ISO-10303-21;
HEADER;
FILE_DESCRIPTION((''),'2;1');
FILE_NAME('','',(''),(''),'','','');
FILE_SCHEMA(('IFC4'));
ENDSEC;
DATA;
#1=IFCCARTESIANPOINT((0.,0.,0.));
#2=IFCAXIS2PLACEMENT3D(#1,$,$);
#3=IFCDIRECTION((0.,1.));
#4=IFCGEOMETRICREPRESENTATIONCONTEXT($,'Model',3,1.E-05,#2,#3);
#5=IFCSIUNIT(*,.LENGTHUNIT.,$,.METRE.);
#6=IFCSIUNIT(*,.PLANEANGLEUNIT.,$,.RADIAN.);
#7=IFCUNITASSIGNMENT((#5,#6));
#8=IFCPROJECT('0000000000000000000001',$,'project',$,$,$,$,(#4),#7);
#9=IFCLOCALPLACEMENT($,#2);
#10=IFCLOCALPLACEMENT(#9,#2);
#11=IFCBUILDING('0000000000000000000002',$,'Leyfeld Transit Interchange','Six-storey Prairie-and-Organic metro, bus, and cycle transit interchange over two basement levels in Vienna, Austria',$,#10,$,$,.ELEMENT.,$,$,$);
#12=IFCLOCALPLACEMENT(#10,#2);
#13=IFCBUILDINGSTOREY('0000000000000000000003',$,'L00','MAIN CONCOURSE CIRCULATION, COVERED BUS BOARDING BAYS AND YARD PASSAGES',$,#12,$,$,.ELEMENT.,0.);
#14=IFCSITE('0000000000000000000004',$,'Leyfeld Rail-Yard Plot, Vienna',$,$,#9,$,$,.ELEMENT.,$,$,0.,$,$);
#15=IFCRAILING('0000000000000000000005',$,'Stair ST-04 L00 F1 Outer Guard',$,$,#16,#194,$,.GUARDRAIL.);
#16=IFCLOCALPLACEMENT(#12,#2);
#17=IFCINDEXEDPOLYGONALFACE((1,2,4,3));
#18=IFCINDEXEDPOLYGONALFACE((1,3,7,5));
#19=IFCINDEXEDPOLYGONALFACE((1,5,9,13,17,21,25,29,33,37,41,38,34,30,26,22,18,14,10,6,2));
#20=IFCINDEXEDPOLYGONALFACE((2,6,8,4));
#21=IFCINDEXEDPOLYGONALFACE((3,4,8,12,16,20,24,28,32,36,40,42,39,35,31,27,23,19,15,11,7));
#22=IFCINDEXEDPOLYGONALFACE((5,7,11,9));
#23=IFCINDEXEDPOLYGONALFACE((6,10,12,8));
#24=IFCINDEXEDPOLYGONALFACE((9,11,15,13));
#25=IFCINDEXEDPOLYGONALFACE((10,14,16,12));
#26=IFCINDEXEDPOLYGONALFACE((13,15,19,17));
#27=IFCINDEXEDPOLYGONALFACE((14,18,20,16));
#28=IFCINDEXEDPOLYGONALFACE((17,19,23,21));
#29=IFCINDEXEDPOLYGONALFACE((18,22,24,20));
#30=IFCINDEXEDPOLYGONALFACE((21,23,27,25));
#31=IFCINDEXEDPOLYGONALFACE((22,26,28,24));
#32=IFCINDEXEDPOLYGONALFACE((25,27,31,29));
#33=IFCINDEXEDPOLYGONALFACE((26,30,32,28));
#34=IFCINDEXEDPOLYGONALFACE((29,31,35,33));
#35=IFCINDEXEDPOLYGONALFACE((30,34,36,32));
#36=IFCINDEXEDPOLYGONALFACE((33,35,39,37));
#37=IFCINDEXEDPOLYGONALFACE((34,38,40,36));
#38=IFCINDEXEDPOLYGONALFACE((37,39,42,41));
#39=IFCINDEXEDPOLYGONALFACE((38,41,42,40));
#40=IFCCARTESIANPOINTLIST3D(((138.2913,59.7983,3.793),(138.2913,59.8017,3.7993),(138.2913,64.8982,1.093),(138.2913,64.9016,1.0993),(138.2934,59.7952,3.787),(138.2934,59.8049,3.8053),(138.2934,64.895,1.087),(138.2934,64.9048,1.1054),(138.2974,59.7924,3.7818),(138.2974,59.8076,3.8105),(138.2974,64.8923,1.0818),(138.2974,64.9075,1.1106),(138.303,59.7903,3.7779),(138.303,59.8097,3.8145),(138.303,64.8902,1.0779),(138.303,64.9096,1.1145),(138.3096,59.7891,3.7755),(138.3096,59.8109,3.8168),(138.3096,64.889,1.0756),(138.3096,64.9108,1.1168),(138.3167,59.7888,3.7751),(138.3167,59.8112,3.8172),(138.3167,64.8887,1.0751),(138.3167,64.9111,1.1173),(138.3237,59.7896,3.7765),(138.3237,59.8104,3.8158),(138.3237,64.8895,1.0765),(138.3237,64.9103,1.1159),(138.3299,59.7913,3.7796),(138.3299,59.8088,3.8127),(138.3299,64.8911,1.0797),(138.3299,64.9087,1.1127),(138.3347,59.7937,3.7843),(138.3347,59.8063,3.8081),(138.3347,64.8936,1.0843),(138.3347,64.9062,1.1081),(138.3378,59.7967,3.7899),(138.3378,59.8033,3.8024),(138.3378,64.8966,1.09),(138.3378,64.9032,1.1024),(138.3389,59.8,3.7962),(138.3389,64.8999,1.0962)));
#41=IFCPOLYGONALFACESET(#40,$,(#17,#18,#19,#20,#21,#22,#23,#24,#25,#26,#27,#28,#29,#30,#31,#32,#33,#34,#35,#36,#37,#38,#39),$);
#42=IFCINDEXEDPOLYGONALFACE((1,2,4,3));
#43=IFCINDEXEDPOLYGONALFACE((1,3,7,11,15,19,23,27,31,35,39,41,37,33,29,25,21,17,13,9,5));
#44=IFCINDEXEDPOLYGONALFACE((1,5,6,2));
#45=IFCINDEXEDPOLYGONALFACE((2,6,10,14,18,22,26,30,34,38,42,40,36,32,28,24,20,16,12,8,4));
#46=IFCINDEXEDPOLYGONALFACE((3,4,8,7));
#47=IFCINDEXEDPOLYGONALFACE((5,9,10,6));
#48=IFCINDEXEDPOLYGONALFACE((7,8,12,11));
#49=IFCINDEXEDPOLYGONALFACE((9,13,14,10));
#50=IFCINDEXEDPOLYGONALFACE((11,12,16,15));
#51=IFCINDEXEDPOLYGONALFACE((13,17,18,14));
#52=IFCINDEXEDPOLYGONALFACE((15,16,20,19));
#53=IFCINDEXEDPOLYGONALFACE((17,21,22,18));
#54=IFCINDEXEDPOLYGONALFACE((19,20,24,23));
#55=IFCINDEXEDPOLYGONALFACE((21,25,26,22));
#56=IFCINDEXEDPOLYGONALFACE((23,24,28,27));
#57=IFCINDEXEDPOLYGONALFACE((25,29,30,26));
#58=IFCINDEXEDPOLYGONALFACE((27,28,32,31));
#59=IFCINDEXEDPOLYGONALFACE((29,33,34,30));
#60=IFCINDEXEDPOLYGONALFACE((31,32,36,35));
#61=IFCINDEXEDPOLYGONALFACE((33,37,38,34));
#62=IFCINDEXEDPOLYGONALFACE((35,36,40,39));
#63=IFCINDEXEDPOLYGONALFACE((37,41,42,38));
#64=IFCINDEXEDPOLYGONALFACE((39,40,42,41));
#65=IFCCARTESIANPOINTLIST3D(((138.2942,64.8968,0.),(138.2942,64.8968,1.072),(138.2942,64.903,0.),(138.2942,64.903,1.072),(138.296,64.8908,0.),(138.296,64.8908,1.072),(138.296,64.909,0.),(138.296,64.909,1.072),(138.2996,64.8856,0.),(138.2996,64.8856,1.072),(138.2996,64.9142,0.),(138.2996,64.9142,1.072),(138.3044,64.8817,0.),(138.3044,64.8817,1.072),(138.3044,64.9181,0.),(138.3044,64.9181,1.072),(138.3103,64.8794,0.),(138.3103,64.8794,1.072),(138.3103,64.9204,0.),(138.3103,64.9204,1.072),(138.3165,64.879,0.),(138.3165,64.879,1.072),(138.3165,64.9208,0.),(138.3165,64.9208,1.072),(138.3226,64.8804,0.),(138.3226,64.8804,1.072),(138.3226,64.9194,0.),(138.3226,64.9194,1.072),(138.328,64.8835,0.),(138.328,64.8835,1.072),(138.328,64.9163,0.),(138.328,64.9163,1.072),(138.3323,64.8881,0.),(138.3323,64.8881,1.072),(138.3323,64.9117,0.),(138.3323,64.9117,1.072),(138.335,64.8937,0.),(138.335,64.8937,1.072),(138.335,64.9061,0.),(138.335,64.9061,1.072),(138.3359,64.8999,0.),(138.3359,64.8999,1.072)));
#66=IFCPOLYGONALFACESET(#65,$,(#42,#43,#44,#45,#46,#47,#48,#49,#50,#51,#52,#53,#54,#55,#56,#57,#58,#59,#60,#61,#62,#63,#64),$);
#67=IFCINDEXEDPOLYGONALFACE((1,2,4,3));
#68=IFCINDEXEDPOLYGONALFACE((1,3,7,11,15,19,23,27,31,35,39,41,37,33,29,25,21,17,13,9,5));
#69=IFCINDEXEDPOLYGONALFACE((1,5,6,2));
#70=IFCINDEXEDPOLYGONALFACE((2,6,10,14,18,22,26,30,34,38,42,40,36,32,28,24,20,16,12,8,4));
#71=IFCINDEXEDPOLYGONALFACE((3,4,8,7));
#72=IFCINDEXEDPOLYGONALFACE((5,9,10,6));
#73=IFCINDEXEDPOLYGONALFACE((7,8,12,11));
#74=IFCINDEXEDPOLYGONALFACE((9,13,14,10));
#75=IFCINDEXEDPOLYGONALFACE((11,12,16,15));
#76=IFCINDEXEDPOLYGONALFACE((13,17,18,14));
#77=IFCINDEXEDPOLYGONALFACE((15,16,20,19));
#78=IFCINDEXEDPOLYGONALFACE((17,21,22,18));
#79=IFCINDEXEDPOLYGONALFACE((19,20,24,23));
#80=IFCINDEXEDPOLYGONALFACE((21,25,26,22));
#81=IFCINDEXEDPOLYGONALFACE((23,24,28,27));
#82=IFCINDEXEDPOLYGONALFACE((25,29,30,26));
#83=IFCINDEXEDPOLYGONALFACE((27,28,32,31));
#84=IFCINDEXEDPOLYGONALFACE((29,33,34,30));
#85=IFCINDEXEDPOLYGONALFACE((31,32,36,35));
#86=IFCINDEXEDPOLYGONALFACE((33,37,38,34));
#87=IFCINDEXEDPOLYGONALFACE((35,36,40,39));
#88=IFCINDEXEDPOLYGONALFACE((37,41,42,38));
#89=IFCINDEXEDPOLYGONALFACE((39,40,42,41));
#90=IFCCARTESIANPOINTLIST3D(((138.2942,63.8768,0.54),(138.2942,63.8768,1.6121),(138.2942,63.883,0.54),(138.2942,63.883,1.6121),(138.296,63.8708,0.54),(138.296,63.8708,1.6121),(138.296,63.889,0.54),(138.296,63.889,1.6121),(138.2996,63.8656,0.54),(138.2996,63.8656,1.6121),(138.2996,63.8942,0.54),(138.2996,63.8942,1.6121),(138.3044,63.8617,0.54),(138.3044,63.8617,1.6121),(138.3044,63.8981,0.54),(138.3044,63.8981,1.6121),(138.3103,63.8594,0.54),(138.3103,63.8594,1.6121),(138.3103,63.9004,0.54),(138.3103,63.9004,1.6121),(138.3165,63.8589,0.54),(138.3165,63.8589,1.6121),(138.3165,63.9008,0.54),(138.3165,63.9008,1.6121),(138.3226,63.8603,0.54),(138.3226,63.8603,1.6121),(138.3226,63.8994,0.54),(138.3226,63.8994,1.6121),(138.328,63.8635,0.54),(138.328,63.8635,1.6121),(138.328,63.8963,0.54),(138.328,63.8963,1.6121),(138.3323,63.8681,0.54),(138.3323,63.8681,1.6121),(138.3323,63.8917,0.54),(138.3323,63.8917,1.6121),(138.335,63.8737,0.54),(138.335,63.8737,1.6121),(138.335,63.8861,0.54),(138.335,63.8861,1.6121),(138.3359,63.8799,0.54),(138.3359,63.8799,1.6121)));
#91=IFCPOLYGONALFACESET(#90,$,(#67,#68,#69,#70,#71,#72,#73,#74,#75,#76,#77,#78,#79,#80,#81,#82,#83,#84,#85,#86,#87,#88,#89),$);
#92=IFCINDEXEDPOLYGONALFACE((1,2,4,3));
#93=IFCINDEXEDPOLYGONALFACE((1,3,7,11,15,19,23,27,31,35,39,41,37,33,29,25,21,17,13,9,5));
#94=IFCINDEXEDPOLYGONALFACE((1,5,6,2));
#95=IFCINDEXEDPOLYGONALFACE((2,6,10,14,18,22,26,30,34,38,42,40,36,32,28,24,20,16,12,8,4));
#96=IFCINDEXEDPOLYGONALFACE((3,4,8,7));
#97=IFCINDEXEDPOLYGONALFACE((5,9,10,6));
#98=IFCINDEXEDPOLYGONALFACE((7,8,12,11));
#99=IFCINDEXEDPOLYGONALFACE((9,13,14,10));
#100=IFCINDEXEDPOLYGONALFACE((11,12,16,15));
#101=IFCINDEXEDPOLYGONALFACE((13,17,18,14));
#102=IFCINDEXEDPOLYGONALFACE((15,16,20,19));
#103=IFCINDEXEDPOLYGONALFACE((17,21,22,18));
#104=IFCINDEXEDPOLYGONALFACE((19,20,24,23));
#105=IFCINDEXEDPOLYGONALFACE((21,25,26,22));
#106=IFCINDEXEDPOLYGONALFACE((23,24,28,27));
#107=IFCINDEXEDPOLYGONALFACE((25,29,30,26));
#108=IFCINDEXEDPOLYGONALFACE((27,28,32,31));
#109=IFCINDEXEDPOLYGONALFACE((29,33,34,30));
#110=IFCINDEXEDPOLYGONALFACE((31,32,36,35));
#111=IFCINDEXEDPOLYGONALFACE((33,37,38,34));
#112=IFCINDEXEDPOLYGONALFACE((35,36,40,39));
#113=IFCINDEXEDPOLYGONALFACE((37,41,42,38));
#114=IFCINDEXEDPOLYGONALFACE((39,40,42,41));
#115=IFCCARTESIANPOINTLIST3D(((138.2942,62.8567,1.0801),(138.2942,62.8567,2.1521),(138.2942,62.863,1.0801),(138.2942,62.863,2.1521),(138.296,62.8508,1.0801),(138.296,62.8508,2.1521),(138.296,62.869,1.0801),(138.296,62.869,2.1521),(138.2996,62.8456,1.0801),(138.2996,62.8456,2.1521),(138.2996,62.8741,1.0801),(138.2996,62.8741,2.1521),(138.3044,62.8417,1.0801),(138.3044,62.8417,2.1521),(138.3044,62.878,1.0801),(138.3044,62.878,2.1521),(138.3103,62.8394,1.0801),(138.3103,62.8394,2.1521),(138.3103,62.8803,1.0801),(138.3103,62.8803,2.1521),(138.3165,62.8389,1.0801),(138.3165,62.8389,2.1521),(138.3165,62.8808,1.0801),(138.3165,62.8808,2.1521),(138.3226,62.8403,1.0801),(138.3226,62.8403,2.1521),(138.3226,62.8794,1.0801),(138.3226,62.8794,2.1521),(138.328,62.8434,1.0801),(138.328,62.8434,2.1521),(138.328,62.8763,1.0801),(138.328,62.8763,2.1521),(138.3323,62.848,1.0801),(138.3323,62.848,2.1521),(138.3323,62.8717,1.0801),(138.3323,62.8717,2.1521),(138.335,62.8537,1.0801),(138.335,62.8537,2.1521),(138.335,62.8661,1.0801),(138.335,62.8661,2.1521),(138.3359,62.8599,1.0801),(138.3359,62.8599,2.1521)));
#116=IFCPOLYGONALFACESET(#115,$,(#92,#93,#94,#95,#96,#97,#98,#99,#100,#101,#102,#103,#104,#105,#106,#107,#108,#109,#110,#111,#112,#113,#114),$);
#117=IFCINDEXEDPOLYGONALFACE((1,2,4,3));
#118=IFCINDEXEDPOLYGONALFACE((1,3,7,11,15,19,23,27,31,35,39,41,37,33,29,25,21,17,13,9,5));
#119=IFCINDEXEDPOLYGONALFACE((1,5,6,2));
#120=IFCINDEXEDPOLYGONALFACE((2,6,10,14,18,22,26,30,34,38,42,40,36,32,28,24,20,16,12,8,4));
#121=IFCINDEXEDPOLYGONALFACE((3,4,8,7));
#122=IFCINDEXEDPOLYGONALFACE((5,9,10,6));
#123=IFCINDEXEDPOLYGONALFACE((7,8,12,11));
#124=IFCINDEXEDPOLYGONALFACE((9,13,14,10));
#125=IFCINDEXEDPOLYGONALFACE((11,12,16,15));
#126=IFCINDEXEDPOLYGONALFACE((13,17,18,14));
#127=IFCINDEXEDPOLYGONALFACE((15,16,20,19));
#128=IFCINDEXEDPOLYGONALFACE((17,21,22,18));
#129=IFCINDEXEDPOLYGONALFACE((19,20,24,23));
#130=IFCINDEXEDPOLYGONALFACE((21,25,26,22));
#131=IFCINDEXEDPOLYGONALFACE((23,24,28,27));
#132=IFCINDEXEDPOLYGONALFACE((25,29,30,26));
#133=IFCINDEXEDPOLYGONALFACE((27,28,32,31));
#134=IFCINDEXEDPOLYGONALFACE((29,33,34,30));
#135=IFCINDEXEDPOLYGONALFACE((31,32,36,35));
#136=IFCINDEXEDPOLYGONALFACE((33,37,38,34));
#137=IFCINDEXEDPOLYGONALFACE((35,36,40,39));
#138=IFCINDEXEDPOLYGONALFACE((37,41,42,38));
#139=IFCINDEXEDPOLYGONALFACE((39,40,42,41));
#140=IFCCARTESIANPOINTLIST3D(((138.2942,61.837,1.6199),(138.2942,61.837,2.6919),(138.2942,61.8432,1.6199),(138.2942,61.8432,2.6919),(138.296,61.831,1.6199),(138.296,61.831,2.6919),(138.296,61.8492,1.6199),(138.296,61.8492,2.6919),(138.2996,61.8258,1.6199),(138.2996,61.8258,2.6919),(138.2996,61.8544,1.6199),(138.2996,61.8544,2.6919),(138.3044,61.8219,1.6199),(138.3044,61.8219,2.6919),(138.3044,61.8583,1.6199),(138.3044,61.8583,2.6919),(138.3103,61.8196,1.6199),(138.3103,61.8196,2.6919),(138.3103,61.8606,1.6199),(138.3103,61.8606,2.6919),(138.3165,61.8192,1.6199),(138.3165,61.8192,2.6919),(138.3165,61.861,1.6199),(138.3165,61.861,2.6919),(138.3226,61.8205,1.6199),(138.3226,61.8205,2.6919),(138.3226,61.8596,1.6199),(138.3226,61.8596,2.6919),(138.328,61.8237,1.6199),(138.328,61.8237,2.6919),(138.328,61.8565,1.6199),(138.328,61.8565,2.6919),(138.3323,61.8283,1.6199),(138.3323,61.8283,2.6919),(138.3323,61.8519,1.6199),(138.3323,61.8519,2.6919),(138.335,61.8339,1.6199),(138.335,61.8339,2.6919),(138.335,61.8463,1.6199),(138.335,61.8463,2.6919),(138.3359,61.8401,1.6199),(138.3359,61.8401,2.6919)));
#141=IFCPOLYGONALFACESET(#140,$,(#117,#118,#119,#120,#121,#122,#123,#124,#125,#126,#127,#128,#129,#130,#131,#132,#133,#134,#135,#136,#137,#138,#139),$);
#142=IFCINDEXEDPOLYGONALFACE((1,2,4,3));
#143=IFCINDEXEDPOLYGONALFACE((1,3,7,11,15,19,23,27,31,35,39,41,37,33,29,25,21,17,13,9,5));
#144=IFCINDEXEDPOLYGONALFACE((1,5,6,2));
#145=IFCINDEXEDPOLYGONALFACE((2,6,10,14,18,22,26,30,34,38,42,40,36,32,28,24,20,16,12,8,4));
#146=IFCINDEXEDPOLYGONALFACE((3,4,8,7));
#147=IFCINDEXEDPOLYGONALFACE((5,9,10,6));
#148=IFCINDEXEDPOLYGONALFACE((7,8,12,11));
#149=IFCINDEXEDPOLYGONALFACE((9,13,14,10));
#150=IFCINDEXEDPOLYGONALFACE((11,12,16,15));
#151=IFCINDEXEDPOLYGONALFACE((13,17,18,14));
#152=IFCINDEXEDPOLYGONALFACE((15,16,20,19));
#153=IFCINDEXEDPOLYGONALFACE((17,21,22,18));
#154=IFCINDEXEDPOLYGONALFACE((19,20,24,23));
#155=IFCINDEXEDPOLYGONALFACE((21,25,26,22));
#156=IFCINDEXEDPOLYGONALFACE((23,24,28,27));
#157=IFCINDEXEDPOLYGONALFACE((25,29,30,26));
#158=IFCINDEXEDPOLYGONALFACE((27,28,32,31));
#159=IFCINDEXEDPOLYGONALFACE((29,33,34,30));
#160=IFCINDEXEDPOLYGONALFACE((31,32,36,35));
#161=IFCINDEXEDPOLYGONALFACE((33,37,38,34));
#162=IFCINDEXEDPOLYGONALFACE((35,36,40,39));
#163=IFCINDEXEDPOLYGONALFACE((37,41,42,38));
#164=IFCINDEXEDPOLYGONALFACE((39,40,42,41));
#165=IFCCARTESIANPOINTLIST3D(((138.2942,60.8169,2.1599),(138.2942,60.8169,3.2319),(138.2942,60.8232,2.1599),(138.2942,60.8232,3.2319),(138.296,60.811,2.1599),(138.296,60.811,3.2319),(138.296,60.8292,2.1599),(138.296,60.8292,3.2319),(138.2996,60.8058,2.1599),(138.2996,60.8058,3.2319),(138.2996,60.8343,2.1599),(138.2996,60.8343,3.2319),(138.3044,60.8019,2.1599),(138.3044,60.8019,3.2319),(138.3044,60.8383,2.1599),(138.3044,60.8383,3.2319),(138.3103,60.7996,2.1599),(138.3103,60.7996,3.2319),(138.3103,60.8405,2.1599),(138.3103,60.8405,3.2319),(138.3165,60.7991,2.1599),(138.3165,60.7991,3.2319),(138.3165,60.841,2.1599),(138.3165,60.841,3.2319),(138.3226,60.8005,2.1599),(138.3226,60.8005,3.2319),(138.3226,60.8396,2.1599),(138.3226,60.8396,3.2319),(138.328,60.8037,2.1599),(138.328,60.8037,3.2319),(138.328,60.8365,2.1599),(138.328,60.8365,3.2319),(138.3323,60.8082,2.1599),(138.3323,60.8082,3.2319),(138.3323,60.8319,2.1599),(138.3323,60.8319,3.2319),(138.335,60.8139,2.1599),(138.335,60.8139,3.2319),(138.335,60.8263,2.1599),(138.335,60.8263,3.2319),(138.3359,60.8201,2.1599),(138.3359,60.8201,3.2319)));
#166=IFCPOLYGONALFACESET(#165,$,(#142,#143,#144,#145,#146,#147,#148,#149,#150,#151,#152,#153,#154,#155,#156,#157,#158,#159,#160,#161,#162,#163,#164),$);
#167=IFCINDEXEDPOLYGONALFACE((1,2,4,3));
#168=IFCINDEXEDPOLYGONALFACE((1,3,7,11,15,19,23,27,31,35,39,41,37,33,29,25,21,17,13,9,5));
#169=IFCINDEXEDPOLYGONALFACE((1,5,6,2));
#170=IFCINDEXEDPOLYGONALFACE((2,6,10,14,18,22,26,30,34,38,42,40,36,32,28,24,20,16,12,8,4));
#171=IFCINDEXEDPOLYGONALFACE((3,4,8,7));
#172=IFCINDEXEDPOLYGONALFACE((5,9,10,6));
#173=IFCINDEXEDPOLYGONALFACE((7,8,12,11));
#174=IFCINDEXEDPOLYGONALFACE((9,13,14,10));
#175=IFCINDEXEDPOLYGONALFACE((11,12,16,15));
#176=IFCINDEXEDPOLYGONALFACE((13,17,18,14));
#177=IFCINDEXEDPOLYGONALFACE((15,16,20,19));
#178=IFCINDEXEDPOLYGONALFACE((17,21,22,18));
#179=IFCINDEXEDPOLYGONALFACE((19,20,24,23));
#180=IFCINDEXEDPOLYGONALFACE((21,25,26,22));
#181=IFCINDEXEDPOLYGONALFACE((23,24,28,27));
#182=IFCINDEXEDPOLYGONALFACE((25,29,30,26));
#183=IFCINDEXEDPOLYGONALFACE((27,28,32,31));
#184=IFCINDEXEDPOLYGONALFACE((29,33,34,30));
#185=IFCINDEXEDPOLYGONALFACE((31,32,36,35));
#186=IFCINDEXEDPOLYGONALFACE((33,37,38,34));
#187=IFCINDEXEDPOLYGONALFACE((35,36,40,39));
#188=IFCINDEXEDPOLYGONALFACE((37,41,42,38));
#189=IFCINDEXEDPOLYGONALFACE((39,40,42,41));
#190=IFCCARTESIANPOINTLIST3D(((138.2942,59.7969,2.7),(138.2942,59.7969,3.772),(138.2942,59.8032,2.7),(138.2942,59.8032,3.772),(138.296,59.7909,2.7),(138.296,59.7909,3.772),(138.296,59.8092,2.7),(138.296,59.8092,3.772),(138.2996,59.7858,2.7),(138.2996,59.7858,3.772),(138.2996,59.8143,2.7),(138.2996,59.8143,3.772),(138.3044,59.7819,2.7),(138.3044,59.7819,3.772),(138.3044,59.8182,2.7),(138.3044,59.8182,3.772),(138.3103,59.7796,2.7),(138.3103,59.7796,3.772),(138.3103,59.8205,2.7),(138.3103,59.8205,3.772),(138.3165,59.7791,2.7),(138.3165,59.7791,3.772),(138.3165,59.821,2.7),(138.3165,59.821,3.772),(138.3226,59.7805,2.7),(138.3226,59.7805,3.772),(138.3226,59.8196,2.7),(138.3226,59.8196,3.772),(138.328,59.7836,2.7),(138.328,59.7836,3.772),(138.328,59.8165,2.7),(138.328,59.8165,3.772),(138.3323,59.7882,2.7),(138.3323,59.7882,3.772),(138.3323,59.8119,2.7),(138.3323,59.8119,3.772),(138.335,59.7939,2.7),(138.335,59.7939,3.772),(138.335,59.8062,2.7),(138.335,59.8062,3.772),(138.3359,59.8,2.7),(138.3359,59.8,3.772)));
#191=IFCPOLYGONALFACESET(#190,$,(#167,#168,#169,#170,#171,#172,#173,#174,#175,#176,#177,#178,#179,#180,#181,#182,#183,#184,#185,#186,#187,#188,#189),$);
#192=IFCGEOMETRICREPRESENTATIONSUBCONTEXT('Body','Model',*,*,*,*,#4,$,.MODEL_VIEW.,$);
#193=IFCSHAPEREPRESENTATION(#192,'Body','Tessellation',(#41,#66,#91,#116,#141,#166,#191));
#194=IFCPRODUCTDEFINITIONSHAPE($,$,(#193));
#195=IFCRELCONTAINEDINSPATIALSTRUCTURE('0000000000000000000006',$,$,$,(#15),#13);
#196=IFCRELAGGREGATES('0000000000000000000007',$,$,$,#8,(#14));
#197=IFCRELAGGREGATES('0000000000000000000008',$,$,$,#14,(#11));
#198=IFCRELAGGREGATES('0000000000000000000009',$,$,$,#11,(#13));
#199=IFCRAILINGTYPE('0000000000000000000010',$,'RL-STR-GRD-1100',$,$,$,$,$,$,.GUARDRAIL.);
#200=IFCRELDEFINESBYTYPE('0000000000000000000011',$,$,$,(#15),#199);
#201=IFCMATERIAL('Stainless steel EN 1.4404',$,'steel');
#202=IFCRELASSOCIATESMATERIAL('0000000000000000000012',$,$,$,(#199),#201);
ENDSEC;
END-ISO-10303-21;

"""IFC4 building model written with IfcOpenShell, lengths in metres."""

from ifc_helpers import new_model, si_unit, direction, frame, origin, origin_2d, place, context, subcontext, project, spatial, circle, extrude, material, type_object, element, save


model = new_model("IFC4")

# Units and contexts
model_context = context("Model", 3, precision=1e-05, world=origin(), true_north=direction((0.0, 1.0)))
body_context = subcontext(model_context, "Body", "Model", "MODEL_VIEW")
ifc_project = project(units=[si_unit("LENGTHUNIT", "METRE"), si_unit("PLANEANGLEUNIT", "RADIAN")], contexts=[model_context])

# Site, building, storey
site_placement = place(None, origin())
site = spatial("IfcSite", under=ifc_project, at=site_placement, Name="Leyfeld Rail-Yard Plot, Vienna", CompositionType="ELEMENT", RefElevation=0.0)
building_placement = place(site_placement, origin())
building = spatial("IfcBuilding", under=site, at=building_placement, Name="Leyfeld Transit Interchange", Description="Six-storey Prairie-and-Organic metro, bus, and cycle transit interchange over two basement levels in Vienna, Austria", CompositionType="ELEMENT")
storey_placement = place(building_placement, origin())
storey = spatial("IfcBuildingStorey", under=building, at=storey_placement, Name="L00", Description="MAIN CONCOURSE CIRCULATION, COVERED BUS BOARDING BAYS AND YARD PASSAGES", CompositionType="ELEMENT", Elevation=0.0)

# Railing
ifc_material_1 = material(Name="Stainless steel EN 1.4404", Category="steel")
railing_type_1 = type_object("IfcRailingType", Name="RL-STR-GRD-1100", PredefinedType="GUARDRAIL", material=ifc_material_1)
for number, where, name in (
    (1, (138.3149, 64.8999, 0.0), "Stair ST-04 L00 F1 Outer Guard"),
):
    element("IfcRailing", number, at=place(storey_placement, frame(where)), inside=storey, type_object=railing_type_1, Name=name, PredefinedType="GUARDRAIL", context=body_context, shape_type="SweptSolid", body=[
        extrude(circle(Radius=0.0239, at=origin_2d()), frame((0.0, 0.0, 1.0962), z_axis=(0.0, -0.883786, 0.467892), x_axis=(1.0, 0.0, 0.0)), (0.0, 0.0, 1.0), 5.7705),
        extrude(circle(Radius=0.021, at=origin_2d()), origin(), (0.0, 0.0, 1.0), 1.072),
        extrude(circle(Radius=0.021, at=origin_2d()), frame((0.0, -1.02, 0.54)), (0.0, 0.0, 1.0), 1.072),
        extrude(circle(Radius=0.021, at=origin_2d()), frame((0.0, -2.04, 1.0801)), (0.0, 0.0, 1.0), 1.072),
        extrude(circle(Radius=0.021, at=origin_2d()), frame((0.0, -3.0598, 1.6199)), (0.0, 0.0, 1.0), 1.072),
        extrude(circle(Radius=0.021, at=origin_2d()), frame((0.0, -4.0798, 2.1599)), (0.0, 0.0, 1.0), 1.072),
        extrude(circle(Radius=0.021, at=origin_2d()), frame((0.0, -5.0999, 2.7)), (0.0, 0.0, 1.0), 1.072),
    ])

save(model, "model.ifc")
